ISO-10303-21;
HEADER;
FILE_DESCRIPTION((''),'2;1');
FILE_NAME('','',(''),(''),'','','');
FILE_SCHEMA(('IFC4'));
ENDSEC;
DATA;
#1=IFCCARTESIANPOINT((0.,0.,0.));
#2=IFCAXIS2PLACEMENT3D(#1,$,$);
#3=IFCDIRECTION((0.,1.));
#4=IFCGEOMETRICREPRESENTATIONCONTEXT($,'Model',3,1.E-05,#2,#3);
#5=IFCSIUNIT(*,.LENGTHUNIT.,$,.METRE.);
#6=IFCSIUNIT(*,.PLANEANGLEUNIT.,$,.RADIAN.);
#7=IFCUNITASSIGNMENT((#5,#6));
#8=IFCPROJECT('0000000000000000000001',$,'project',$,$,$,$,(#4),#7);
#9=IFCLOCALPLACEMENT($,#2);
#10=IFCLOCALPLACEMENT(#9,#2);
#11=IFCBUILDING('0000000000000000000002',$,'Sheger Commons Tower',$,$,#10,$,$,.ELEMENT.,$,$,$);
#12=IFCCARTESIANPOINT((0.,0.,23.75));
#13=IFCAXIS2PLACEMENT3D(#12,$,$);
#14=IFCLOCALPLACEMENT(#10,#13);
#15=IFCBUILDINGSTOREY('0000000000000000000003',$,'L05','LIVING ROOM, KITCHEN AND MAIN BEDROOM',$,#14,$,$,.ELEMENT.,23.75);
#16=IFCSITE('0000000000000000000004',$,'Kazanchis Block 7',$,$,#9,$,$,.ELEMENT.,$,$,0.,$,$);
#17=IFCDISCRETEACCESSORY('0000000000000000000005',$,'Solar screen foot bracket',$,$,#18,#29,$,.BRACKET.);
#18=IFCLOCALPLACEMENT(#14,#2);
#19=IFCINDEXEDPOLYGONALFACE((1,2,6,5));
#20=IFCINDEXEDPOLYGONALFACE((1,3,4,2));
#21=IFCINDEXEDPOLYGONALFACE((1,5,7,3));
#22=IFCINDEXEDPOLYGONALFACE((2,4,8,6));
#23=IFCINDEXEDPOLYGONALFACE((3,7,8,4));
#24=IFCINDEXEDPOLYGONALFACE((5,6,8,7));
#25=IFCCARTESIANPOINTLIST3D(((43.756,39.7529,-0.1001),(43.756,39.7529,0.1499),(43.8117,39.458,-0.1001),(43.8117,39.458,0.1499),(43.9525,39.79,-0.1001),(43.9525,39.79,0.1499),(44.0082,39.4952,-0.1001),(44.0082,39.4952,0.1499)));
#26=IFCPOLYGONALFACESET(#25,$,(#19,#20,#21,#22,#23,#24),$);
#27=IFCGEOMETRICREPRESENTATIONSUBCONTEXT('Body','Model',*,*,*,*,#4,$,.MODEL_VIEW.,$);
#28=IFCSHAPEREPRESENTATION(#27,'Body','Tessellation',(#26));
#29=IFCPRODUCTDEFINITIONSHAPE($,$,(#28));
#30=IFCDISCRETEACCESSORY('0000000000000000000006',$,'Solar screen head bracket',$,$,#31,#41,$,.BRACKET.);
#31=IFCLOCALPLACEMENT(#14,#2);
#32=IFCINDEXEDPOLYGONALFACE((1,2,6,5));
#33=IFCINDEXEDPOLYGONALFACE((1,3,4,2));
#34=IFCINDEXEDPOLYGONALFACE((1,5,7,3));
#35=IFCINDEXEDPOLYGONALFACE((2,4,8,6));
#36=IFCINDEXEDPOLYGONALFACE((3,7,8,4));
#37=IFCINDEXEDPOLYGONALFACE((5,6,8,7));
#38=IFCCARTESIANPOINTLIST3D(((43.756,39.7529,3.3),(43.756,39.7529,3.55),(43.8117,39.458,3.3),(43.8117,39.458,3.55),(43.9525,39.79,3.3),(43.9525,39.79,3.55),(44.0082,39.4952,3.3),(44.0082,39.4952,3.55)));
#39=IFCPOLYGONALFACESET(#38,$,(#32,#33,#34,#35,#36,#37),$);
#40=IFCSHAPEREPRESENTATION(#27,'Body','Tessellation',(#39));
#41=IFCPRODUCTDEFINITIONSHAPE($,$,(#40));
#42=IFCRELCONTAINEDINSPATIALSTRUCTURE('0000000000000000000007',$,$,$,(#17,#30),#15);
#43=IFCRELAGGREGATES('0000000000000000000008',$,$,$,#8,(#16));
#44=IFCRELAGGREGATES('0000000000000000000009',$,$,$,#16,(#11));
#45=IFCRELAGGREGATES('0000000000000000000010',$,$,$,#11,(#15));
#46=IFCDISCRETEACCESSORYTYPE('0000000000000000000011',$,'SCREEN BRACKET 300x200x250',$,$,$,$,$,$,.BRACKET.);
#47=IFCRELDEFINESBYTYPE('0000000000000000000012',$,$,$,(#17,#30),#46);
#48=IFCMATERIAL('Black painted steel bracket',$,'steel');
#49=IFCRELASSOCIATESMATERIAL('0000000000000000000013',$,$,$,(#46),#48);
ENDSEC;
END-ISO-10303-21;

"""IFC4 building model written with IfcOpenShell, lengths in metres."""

from ifc_helpers import new_model, si_unit, direction, frame, origin, origin_2d, place, context, subcontext, project, spatial, rectangle, extrude, material, type_object, element, save


model = new_model("IFC4")

# Units and contexts
model_context = context("Model", 3, precision=1e-05, world=origin(), true_north=direction((0.0, 1.0)))
body_context = subcontext(model_context, "Body", "Model", "MODEL_VIEW")
ifc_project = project(units=[si_unit("LENGTHUNIT", "METRE"), si_unit("PLANEANGLEUNIT", "RADIAN")], contexts=[model_context])

# Site, building, storey
site_placement = place(None, origin())
site = spatial("IfcSite", under=ifc_project, at=site_placement, Name="Kazanchis Block 7", CompositionType="ELEMENT", RefElevation=0.0)
building_placement = place(site_placement, origin())
building = spatial("IfcBuilding", under=site, at=building_placement, Name="Sheger Commons Tower", CompositionType="ELEMENT")
storey_placement = place(building_placement, frame((0.0, 0.0, 23.75)))
storey = spatial("IfcBuildingStorey", under=building, at=storey_placement, Name="L05", Description="LIVING ROOM, KITCHEN AND MAIN BEDROOM", CompositionType="ELEMENT", Elevation=23.75)

# Discrete accessories
ifc_material_1 = material(Name="Black painted steel bracket", Category="steel")
discrete_accessory_type = type_object("IfcDiscreteAccessoryType", Name="SCREEN BRACKET 300x200x250", PredefinedType="BRACKET", material=ifc_material_1)
for number, where, z_axis, x_axis, name in (
    (1, (43.8821, 39.624, -0.1001), (0.0, 0.0, 1.0), (-0.185615, 0.982623, 0.0), "Solar screen foot bracket"),
    (2, (43.8821, 39.624, 3.3), (0.0, 0.0, 1.0), (-0.185615, 0.982623, 0.0), "Solar screen head bracket"),
):
    element("IfcDiscreteAccessory", number, at=place(storey_placement, frame(where, z_axis=z_axis, x_axis=x_axis)), inside=storey, type_object=discrete_accessory_type, Name=name, PredefinedType="BRACKET", context=body_context, shape_type="SweptSolid", body=[
        extrude(rectangle(XDim=0.3, YDim=0.2, at=origin_2d()), origin(), (0.0, 0.0, 1.0), 0.25),
    ])

save(model, "model.ifc")
